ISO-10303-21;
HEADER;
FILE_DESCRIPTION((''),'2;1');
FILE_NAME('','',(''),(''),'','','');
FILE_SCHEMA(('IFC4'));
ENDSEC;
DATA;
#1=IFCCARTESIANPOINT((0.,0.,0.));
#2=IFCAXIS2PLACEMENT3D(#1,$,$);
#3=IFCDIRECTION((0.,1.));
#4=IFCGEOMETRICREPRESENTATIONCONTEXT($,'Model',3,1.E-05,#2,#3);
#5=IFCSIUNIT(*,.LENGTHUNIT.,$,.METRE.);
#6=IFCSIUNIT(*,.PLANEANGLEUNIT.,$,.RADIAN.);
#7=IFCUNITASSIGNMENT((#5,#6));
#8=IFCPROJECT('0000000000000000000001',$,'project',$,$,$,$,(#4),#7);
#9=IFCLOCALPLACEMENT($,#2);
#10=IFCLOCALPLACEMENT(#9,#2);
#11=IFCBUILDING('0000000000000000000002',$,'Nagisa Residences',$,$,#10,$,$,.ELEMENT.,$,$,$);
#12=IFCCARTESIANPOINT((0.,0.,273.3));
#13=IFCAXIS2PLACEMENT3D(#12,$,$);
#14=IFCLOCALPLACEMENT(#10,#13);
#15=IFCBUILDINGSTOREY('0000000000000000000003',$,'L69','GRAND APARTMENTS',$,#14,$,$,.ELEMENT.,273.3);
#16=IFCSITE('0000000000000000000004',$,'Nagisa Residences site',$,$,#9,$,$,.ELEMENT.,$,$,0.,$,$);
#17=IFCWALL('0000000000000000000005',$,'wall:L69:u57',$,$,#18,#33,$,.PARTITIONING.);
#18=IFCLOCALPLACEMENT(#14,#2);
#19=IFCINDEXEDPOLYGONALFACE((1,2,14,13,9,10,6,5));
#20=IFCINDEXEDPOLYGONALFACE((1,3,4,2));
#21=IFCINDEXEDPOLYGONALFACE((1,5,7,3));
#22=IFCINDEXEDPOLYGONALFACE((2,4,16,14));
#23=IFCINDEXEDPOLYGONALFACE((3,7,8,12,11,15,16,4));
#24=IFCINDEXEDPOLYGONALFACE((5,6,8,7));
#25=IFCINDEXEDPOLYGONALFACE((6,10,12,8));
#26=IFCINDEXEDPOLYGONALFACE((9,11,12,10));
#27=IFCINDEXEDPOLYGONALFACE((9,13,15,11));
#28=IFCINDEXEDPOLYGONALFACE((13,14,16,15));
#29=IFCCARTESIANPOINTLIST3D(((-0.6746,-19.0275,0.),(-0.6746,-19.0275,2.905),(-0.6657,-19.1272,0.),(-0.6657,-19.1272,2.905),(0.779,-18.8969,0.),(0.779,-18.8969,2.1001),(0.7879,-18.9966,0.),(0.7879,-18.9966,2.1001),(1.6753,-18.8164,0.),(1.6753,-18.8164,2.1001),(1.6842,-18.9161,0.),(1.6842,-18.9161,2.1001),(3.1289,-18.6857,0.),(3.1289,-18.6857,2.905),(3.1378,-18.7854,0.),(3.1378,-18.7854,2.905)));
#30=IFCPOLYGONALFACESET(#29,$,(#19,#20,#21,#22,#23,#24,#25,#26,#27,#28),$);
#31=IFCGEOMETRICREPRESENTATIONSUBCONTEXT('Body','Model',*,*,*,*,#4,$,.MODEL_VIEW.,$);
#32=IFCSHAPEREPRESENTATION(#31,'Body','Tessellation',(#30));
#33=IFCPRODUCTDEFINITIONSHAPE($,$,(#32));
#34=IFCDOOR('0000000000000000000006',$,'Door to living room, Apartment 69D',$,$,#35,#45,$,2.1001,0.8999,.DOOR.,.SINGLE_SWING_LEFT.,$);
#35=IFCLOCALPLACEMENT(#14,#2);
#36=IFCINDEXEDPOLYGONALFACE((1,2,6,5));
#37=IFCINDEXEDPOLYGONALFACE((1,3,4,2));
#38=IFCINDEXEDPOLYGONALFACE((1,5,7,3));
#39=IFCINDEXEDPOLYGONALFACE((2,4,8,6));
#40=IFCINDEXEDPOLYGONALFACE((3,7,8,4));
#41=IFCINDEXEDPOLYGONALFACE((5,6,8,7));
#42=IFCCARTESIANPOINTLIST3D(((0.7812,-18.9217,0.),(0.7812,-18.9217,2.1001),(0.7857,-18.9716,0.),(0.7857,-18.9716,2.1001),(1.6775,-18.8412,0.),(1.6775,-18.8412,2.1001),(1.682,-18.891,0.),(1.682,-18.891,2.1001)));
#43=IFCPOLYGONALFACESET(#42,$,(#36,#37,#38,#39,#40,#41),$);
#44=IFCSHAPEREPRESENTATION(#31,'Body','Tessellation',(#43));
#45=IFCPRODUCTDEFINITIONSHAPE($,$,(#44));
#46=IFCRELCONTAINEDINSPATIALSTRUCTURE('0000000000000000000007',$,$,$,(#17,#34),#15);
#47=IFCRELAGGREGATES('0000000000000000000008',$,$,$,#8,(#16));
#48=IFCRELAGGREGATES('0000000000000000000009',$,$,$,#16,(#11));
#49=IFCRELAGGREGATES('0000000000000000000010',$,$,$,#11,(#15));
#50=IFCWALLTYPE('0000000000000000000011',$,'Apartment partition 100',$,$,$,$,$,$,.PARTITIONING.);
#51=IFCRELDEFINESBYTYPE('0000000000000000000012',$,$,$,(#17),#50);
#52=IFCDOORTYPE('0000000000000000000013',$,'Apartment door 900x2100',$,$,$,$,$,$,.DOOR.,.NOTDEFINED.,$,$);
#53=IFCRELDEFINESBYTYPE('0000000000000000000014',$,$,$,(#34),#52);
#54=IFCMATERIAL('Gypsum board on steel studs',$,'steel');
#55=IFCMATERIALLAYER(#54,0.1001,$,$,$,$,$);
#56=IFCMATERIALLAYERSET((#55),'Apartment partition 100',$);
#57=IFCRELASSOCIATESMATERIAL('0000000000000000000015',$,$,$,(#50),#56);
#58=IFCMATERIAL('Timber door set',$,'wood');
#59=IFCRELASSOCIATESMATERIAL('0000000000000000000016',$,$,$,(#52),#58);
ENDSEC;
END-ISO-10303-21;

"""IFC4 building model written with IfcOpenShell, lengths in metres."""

from ifc_helpers import new_model, si_unit, direction, frame, frame_2d, origin, place, context, subcontext, project, spatial, rectangle, extrude, material, layer, layer_set, type_object, element, fill, save


model = new_model("IFC4")

# Units and contexts
model_context = context("Model", 3, precision=1e-05, world=origin(), true_north=direction((0.0, 1.0)))
body_context = subcontext(model_context, "Body", "Model", "MODEL_VIEW")
ifc_project = project(units=[si_unit("LENGTHUNIT", "METRE"), si_unit("PLANEANGLEUNIT", "RADIAN")], contexts=[model_context])

# Site, building, storey
site_placement = place(None, origin())
site = spatial("IfcSite", under=ifc_project, at=site_placement, Name="Nagisa Residences site", CompositionType="ELEMENT", RefElevation=0.0)
building_placement = place(site_placement, origin())
building = spatial("IfcBuilding", under=site, at=building_placement, Name="Nagisa Residences", CompositionType="ELEMENT")
storey_placement = place(building_placement, frame((0.0, 0.0, 273.3)))
storey = spatial("IfcBuildingStorey", under=building, at=storey_placement, Name="L69", Description="GRAND APARTMENTS", CompositionType="ELEMENT", Elevation=273.3)

# Shared definitions
ifc_material_1 = material(Name="Gypsum board on steel studs", Category="steel")
ifc_layer_1 = layer(ifc_material_1, 0.1001)
ifc_layer_set_1 = layer_set([ifc_layer_1], Name="Apartment partition 100")
wall_type_1 = type_object("IfcWallType", Name="Apartment partition 100", PredefinedType="PARTITIONING", material=ifc_layer_set_1)
ifc_material_2 = material(Name="Timber door set", Category="wood")
door_type_1 = type_object("IfcDoorType", Name="Apartment door 900x2100", OperationType="NOTDEFINED", PredefinedType="DOOR", material=ifc_material_2)

# Wall, opening, door
wall_1_placement = place(storey_placement, frame((-0.6702, -19.0774, 0.0), z_axis=(0.0, 0.0, 1.0), x_axis=(0.995986, 0.089504, 0.0)))
wall_1 = element("IfcWall", 1, at=wall_1_placement, inside=storey, type_object=wall_type_1, Name="wall:L69:u57", PredefinedType="PARTITIONING", context=body_context, shape_type="SweptSolid", body=[
    extrude(rectangle(XDim=3.8188, YDim=0.1001, at=frame_2d((1.9094, 0.0))), origin(), (0.0, 0.0, 1.0), 2.905),
])
opening_1_placement = place(wall_1_placement, frame((1.4595, 0.0, 0.0)))
opening_1 = element("IfcOpeningElement", 2, at=opening_1_placement, cuts=wall_1, PredefinedType="OPENING", context=body_context, shape_type="SweptSolid", body=[
    extrude(rectangle(XDim=0.8999, YDim=2.1001, at=frame_2d((0.45, 1.05))), frame((0.0, 0.0601, 0.0), z_axis=(0.0, -1.0, 0.0), x_axis=(1.0, 0.0, 0.0)), (0.0, 0.0, 1.0), 0.1201),
])
door_1_placement = place(opening_1_placement, frame((0.8999, 0.0, 0.0), x_axis=(-1.0, 0.0, 0.0)))
door_1 = element("IfcDoor", 3, at=door_1_placement, inside=storey, type_object=door_type_1, Name="Door to living room, Apartment 69D", OperationType="SINGLE_SWING_LEFT", OverallHeight=2.1001, OverallWidth=0.8999, PredefinedType="DOOR", context=body_context, shape_type="SweptSolid", body=[
    extrude(rectangle(XDim=0.8999, YDim=2.1001, at=frame_2d((0.45, 1.05))), frame((0.0, 0.0249, 0.0), z_axis=(0.0, -1.0, 0.0), x_axis=(1.0, 0.0, 0.0)), (0.0, 0.0, 1.0), 0.05),
])
fill(opening_1, door_1)

save(model, "model.ifc")
